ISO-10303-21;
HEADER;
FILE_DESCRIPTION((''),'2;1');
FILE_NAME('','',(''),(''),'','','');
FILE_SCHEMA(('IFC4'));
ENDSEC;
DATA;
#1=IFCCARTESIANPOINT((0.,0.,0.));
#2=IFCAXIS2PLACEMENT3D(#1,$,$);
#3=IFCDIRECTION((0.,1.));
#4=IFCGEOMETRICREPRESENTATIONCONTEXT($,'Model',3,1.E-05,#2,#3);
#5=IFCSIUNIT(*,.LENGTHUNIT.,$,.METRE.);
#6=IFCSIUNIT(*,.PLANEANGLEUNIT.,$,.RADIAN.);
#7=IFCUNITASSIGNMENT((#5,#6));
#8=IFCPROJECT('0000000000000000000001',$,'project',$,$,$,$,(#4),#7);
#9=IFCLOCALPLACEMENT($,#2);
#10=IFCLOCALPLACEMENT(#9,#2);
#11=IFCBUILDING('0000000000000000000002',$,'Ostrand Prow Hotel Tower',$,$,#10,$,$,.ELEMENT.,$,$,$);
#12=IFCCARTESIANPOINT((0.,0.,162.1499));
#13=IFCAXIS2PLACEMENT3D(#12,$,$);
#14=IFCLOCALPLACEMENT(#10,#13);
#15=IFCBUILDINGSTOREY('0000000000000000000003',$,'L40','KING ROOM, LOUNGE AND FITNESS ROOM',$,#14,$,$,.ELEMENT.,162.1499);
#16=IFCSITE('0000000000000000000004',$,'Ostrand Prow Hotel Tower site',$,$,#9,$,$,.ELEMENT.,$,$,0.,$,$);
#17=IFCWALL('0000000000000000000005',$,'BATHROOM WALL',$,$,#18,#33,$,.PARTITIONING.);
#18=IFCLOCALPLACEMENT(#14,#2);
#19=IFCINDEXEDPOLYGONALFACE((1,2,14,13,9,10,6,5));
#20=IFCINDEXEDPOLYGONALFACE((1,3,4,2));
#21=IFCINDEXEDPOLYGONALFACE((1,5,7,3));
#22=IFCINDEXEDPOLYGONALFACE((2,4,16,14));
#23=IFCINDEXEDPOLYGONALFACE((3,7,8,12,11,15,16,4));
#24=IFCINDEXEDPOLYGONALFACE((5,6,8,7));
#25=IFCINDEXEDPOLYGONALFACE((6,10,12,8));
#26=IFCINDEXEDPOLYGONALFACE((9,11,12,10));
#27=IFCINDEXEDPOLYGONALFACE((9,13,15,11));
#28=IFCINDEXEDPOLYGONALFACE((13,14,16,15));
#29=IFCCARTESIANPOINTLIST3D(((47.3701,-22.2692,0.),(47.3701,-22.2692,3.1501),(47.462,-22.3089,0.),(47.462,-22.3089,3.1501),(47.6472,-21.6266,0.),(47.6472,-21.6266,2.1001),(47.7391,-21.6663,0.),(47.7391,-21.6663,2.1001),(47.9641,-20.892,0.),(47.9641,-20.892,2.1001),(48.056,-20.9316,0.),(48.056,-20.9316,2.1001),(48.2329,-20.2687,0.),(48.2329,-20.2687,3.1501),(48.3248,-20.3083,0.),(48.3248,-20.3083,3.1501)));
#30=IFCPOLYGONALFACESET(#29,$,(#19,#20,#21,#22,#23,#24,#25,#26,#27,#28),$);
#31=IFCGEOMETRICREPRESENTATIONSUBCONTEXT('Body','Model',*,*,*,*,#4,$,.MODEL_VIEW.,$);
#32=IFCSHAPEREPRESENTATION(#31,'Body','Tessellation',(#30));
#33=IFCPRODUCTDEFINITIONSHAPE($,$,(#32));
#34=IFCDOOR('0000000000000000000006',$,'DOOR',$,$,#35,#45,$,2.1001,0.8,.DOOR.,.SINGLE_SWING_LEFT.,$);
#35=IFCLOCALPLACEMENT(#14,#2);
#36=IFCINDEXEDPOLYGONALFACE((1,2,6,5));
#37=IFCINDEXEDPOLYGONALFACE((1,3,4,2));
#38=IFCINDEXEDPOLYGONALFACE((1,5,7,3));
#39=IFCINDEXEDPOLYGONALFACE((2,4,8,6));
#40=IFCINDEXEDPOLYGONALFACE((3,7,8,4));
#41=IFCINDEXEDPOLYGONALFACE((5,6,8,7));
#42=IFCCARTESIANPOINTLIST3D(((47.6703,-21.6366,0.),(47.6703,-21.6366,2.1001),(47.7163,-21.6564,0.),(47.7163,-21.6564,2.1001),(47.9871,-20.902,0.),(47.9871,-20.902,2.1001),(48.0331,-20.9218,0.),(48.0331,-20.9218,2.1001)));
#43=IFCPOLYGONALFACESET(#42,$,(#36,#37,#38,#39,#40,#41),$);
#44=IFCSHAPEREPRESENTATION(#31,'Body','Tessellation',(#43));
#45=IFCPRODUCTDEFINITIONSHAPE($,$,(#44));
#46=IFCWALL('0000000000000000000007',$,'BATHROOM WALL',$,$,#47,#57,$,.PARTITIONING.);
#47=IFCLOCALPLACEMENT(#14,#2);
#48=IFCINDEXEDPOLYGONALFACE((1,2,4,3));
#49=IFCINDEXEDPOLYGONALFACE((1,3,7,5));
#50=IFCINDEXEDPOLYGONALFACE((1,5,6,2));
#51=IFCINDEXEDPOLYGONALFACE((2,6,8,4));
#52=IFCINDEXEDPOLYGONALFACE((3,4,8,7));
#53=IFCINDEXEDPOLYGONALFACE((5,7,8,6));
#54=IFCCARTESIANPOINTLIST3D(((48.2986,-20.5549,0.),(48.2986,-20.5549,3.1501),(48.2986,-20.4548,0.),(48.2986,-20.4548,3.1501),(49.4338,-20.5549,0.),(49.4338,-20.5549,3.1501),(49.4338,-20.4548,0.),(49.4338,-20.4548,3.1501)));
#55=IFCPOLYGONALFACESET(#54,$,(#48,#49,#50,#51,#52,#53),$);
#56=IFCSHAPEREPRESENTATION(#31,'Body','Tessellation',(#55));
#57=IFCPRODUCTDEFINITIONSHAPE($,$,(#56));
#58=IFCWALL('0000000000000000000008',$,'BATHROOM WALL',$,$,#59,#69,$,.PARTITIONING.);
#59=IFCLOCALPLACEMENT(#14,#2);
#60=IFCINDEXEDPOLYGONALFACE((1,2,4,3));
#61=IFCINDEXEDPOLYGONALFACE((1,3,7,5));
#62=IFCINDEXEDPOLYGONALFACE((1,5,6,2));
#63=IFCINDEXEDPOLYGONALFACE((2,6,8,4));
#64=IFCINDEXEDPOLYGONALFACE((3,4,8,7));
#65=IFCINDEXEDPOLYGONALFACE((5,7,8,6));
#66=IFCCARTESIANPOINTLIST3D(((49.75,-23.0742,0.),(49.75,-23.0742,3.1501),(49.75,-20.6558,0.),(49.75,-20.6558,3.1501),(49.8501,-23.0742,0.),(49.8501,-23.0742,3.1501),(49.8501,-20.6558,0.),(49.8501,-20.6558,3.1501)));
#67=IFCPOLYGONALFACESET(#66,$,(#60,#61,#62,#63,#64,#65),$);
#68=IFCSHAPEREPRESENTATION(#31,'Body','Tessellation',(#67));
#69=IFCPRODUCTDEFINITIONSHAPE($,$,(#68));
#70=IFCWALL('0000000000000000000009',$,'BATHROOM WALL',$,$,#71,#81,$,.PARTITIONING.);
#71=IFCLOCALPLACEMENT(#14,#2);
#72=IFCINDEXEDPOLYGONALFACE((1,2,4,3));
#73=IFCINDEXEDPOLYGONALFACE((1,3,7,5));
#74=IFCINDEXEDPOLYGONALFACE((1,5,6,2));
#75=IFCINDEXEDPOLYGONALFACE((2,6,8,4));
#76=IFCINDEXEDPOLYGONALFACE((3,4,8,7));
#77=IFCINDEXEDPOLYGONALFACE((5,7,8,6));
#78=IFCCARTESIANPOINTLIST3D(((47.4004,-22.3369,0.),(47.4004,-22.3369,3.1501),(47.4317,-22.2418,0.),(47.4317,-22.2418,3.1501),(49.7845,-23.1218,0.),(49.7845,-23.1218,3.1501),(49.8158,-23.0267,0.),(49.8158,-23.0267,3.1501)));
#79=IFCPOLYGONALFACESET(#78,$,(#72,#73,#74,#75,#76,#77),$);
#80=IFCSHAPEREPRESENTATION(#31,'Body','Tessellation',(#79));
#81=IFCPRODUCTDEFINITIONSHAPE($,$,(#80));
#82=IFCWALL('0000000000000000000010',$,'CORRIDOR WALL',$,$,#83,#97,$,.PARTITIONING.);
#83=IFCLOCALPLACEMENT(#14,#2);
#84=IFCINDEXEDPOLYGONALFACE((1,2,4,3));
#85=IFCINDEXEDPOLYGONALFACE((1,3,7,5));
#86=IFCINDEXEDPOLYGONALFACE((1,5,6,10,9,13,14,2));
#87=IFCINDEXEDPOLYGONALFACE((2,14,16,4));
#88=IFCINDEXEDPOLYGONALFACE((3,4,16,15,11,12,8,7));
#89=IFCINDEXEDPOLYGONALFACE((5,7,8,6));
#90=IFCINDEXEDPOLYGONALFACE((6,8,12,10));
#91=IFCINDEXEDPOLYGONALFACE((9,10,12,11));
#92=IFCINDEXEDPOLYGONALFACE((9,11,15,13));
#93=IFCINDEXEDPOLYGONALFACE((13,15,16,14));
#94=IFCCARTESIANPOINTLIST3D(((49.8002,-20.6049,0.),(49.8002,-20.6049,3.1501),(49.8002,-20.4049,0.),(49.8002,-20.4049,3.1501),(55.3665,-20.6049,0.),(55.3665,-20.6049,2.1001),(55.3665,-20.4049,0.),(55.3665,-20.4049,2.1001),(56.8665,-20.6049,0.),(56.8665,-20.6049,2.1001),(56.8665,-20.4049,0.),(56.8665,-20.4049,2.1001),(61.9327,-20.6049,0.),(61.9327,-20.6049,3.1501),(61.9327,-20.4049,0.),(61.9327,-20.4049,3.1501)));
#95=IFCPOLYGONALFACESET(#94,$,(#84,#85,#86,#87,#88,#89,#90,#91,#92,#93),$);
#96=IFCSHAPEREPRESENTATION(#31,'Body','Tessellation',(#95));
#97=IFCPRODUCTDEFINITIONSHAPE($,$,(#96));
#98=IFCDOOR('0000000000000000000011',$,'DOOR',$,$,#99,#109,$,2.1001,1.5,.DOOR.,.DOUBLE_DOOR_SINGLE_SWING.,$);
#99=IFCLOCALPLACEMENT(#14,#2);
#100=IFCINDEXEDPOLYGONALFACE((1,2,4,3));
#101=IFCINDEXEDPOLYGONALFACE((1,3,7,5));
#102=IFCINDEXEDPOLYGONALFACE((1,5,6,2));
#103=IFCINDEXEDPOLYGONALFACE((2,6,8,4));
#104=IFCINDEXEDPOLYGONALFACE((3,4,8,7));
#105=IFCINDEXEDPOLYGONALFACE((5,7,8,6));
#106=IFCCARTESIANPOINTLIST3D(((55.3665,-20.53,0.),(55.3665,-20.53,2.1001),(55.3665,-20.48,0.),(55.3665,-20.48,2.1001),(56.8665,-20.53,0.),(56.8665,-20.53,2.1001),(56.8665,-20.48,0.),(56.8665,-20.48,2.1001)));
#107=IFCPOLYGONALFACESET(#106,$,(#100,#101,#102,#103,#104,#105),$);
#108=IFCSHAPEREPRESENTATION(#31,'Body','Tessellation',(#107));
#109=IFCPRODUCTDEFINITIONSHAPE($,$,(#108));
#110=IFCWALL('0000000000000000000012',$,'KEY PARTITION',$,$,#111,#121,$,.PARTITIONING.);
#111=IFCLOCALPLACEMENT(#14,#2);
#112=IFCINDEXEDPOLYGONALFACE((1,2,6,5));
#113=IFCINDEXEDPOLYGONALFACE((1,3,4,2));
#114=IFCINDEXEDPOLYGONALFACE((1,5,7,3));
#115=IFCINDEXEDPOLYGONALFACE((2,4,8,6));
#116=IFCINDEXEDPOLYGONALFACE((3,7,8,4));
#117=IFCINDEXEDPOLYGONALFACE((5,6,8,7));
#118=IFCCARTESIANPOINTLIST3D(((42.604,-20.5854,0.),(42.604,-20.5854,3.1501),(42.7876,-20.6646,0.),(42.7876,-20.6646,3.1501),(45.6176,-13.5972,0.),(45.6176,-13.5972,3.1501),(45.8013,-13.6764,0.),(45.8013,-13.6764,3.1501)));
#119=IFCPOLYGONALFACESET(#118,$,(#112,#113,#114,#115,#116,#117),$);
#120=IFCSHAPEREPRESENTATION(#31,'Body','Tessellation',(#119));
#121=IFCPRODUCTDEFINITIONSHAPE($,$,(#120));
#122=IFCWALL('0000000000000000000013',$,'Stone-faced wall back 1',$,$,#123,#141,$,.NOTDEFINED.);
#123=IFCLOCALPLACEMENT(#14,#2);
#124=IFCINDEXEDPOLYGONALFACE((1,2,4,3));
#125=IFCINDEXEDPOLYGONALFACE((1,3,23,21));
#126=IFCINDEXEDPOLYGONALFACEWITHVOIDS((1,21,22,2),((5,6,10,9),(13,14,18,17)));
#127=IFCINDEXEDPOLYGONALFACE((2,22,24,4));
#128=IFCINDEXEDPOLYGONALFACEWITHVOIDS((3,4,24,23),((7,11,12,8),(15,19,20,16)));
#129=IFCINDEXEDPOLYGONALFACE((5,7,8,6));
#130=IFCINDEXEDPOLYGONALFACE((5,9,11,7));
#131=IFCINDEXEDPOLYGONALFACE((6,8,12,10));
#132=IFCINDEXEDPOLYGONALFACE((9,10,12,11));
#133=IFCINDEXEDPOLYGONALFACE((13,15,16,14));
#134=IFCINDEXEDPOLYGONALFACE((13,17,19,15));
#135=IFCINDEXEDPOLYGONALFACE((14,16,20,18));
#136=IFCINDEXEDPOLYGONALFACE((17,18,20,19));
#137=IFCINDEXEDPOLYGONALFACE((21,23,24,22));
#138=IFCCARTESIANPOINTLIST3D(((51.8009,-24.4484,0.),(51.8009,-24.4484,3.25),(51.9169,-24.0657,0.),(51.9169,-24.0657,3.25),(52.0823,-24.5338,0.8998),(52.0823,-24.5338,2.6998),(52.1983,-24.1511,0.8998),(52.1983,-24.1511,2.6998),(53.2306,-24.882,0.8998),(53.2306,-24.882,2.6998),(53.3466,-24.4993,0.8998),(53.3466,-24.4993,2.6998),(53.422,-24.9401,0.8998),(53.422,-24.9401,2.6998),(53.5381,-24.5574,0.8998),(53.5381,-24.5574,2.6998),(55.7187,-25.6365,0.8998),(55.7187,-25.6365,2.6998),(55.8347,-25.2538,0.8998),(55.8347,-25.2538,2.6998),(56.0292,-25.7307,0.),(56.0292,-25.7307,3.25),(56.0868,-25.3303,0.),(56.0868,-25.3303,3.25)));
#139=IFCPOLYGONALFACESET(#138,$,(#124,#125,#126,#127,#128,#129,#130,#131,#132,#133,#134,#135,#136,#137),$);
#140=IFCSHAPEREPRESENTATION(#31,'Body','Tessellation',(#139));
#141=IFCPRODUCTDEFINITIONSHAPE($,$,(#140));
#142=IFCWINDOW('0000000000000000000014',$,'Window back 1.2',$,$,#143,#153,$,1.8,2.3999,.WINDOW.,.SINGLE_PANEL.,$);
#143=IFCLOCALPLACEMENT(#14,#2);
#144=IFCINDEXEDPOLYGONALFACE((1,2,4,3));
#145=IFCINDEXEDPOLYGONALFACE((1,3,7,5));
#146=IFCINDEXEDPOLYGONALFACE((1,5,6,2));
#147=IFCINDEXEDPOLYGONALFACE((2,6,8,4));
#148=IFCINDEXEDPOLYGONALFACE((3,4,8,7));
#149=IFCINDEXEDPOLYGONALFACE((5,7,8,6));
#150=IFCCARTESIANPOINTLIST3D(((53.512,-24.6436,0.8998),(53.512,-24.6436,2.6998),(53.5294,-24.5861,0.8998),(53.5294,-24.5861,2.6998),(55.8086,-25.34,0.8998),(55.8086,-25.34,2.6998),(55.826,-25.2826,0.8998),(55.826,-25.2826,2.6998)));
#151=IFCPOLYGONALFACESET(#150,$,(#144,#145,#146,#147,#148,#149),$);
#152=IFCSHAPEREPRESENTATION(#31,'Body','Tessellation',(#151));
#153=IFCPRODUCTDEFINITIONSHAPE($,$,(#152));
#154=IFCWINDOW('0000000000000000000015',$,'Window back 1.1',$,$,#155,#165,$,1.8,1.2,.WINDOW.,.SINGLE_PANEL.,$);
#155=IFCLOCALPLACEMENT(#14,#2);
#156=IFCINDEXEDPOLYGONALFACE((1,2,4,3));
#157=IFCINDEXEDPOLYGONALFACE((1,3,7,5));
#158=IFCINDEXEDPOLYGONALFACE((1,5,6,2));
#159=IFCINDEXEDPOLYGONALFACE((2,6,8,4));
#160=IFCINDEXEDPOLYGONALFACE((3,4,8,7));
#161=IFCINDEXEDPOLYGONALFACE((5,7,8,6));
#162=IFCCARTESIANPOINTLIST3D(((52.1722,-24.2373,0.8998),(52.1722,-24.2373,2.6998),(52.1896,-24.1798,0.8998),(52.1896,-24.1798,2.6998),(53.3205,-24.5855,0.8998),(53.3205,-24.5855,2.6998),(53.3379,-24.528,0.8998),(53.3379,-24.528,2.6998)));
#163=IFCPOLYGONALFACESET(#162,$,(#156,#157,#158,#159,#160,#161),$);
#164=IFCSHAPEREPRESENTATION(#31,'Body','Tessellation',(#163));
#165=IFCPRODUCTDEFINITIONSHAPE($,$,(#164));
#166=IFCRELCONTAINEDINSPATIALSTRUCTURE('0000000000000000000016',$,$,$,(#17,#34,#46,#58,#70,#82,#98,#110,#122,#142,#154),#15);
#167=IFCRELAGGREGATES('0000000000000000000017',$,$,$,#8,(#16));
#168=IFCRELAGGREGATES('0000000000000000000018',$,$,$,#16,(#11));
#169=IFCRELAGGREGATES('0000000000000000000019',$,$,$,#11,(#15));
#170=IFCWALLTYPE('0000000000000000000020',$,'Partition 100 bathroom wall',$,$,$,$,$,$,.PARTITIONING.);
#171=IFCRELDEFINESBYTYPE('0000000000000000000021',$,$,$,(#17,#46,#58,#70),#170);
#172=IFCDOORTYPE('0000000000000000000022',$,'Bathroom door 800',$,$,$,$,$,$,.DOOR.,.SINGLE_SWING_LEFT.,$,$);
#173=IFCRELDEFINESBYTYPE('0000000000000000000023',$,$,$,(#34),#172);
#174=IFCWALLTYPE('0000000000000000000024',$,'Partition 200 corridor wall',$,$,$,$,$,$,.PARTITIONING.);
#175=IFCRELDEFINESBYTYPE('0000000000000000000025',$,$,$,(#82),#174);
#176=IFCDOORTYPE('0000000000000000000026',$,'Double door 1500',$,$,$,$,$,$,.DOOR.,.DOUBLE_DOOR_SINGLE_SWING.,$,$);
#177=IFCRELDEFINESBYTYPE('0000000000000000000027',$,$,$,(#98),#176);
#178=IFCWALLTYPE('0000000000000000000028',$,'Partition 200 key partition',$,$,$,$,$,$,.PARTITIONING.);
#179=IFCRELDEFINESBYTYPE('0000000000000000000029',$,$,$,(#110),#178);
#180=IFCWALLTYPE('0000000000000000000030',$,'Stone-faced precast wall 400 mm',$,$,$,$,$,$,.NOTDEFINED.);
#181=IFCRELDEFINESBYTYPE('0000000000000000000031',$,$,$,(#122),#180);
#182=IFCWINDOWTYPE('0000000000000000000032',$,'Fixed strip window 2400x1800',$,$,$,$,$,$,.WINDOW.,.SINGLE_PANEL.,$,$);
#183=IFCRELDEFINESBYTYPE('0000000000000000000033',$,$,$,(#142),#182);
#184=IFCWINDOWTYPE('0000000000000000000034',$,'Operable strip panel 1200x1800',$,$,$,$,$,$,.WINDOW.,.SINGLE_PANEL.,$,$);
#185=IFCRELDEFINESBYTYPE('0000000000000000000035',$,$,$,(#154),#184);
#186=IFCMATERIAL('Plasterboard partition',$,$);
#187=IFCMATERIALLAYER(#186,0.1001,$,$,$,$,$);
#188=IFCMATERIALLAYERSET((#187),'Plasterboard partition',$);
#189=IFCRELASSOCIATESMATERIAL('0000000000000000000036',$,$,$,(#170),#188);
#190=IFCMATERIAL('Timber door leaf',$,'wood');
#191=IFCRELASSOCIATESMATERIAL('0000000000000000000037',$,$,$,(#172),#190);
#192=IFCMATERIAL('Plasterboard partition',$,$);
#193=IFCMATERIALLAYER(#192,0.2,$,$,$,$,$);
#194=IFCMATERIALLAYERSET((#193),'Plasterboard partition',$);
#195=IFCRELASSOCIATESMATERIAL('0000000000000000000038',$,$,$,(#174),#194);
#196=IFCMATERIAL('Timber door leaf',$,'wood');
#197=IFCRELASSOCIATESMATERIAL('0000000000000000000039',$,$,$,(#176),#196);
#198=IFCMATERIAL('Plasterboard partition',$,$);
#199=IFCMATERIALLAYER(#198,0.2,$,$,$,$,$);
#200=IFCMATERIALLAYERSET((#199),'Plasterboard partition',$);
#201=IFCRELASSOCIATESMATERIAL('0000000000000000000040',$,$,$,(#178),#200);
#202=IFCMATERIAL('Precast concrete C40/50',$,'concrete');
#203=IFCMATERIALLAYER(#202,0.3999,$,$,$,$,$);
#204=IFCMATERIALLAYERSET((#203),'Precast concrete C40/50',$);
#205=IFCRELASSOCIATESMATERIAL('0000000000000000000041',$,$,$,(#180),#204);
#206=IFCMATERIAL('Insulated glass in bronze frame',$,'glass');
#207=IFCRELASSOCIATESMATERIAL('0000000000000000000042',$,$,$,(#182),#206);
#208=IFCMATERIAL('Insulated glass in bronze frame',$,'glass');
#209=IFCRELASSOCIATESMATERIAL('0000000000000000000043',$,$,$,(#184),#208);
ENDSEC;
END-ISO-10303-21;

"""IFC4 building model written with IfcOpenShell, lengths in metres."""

from ifc_helpers import new_model, si_unit, direction, frame, frame_2d, origin, place, context, subcontext, project, spatial, polyline, rectangle, outline, extrude, material, layer, layer_set, type_object, element, fill, save


model = new_model("IFC4")

# Units and contexts
model_context = context("Model", 3, precision=1e-05, world=origin(), true_north=direction((0.0, 1.0)))
body_context = subcontext(model_context, "Body", "Model", "MODEL_VIEW")
ifc_project = project(units=[si_unit("LENGTHUNIT", "METRE"), si_unit("PLANEANGLEUNIT", "RADIAN")], contexts=[model_context])

# Site, building, storey
site_placement = place(None, origin())
site = spatial("IfcSite", under=ifc_project, at=site_placement, Name="Ostrand Prow Hotel Tower site", CompositionType="ELEMENT", RefElevation=0.0)
building_placement = place(site_placement, origin())
building = spatial("IfcBuilding", under=site, at=building_placement, Name="Ostrand Prow Hotel Tower", CompositionType="ELEMENT")
storey_placement = place(building_placement, frame((0.0, 0.0, 162.1499)))
storey = spatial("IfcBuildingStorey", under=building, at=storey_placement, Name="L40", Description="KING ROOM, LOUNGE AND FITNESS ROOM", CompositionType="ELEMENT", Elevation=162.1499)

# Wall, opening, door
ifc_material_1 = material(Name="Plasterboard partition")
ifc_layer_1 = layer(ifc_material_1, 0.1001)
ifc_layer_set_1 = layer_set([ifc_layer_1], Name="Plasterboard partition")
wall_type_1 = type_object("IfcWallType", Name="Partition 100 bathroom wall", PredefinedType="PARTITIONING", material=ifc_layer_set_1)
wall_1_placement = place(storey_placement, frame((47.416, -22.2891, 0.0), z_axis=(0.0, 0.0, 1.0), x_axis=(0.396028, 0.918238, 0.0)))
wall_1 = element("IfcWall", 1, at=wall_1_placement, inside=storey, type_object=wall_type_1, Name="BATHROOM WALL", PredefinedType="PARTITIONING", context=body_context, shape_type="SweptSolid", body=[
    extrude(rectangle(XDim=2.1787, YDim=0.1001, at=frame_2d((1.0894, 0.0))), origin(), (0.0, 0.0, 1.0), 3.1501),
])
opening_1_placement = place(wall_1_placement, frame((0.7, 0.0, 0.0)))
opening_1 = element("IfcOpeningElement", 2, at=opening_1_placement, cuts=wall_1, PredefinedType="OPENING", context=body_context, shape_type="SweptSolid", body=[
    extrude(rectangle(XDim=0.8, YDim=2.1001, at=frame_2d((0.3999, 1.05))), frame((0.0, 0.0601, 0.0), z_axis=(0.0, -1.0, 0.0), x_axis=(1.0, 0.0, 0.0)), (0.0, 0.0, 1.0), 0.1201),
])
ifc_material_2 = material(Name="Timber door leaf", Category="wood")
door_type_1 = type_object("IfcDoorType", Name="Bathroom door 800", OperationType="SINGLE_SWING_LEFT", PredefinedType="DOOR", material=ifc_material_2)
door_1_placement = place(opening_1_placement, origin())
door_1 = element("IfcDoor", 3, at=door_1_placement, inside=storey, type_object=door_type_1, Name="DOOR", OperationType="SINGLE_SWING_LEFT", OverallHeight=2.1001, OverallWidth=0.8, PredefinedType="DOOR", context=body_context, shape_type="SweptSolid", body=[
    extrude(rectangle(XDim=0.8, YDim=2.1001, at=frame_2d((0.3999, 1.05))), frame((0.0, 0.0249, 0.0), z_axis=(0.0, -1.0, 0.0), x_axis=(1.0, 0.0, 0.0)), (0.0, 0.0, 1.0), 0.05),
])
fill(opening_1, door_1)

# Walls
wall_2_placement = place(storey_placement, frame((48.2986, -20.5049, 0.0), z_axis=(0.0, 0.0, 1.0), x_axis=(1.0, 0.0, 0.0)))
element("IfcWall", 4, at=wall_2_placement, inside=storey, type_object=wall_type_1, Name="BATHROOM WALL", PredefinedType="PARTITIONING", context=body_context, shape_type="SweptSolid", body=[
    extrude(rectangle(XDim=1.1353, YDim=0.1001, at=frame_2d((0.5676, 0.0))), origin(), (0.0, 0.0, 1.0), 3.1501),
])
wall_3_placement = place(storey_placement, frame((49.8, -20.6558, 0.0), z_axis=(0.0, 0.0, 1.0), x_axis=(0.0, -1.0, 0.0)))
element("IfcWall", 5, at=wall_3_placement, inside=storey, type_object=wall_type_1, Name="BATHROOM WALL", PredefinedType="PARTITIONING", context=body_context, shape_type="SweptSolid", body=[
    extrude(rectangle(XDim=2.4185, YDim=0.1001, at=frame_2d((1.2092, 0.0))), origin(), (0.0, 0.0, 1.0), 3.1501),
])
wall_4_placement = place(storey_placement, frame((49.8, -23.0742, 0.0), z_axis=(0.0, 0.0, 1.0), x_axis=(-0.949844, 0.312724, 0.0)))
element("IfcWall", 6, at=wall_4_placement, inside=storey, type_object=wall_type_1, Name="BATHROOM WALL", PredefinedType="PARTITIONING", context=body_context, shape_type="SweptSolid", body=[
    extrude(rectangle(XDim=2.51, YDim=0.1001, at=frame_2d((1.2549, 0.0))), origin(), (0.0, 0.0, 1.0), 3.1501),
])

# Wall, opening, door
ifc_material_3 = material(Name="Plasterboard partition")
ifc_layer_2 = layer(ifc_material_3, 0.2)
ifc_layer_set_2 = layer_set([ifc_layer_2], Name="Plasterboard partition")
wall_type_2 = type_object("IfcWallType", Name="Partition 200 corridor wall", PredefinedType="PARTITIONING", material=ifc_layer_set_2)
wall_5_placement = place(storey_placement, frame((49.8, -20.5049, 0.0), z_axis=(0.0, 0.0, 1.0), x_axis=(1.0, 0.0, 0.0)))
wall_5 = element("IfcWall", 7, at=wall_5_placement, inside=storey, type_object=wall_type_2, Name="CORRIDOR WALL", PredefinedType="PARTITIONING", context=body_context, shape_type="SweptSolid", body=[
    extrude(rectangle(XDim=12.1326, YDim=0.2, at=frame_2d((6.0664, 0.0))), origin(), (0.0, 0.0, 1.0), 3.1501),
])
opening_2_placement = place(wall_5_placement, frame((5.5664, 0.0, 0.0)))
opening_2 = element("IfcOpeningElement", 8, at=opening_2_placement, cuts=wall_5, PredefinedType="OPENING", context=body_context, shape_type="SweptSolid", body=[
    extrude(rectangle(XDim=1.5, YDim=2.1001, at=frame_2d((0.75, 1.05))), frame((0.0, 0.1099, 0.0), z_axis=(0.0, -1.0, 0.0), x_axis=(1.0, 0.0, 0.0)), (0.0, 0.0, 1.0), 0.22),
])
ifc_material_4 = material(Name="Timber door leaf", Category="wood")
door_type_2 = type_object("IfcDoorType", Name="Double door 1500", OperationType="DOUBLE_DOOR_SINGLE_SWING", PredefinedType="DOOR", material=ifc_material_4)
door_2_placement = place(opening_2_placement, origin())
door_2 = element("IfcDoor", 9, at=door_2_placement, inside=storey, type_object=door_type_2, Name="DOOR", OperationType="DOUBLE_DOOR_SINGLE_SWING", OverallHeight=2.1001, OverallWidth=1.5, PredefinedType="DOOR", context=body_context, shape_type="SweptSolid", body=[
    extrude(rectangle(XDim=1.5, YDim=2.1001, at=frame_2d((0.75, 1.05))), frame((0.0, 0.0249, 0.0), z_axis=(0.0, -1.0, 0.0), x_axis=(1.0, 0.0, 0.0)), (0.0, 0.0, 1.0), 0.05),
])
fill(opening_2, door_2)

# Wall
ifc_material_5 = material(Name="Plasterboard partition")
ifc_layer_3 = layer(ifc_material_5, 0.2)
ifc_layer_set_3 = layer_set([ifc_layer_3], Name="Plasterboard partition")
wall_type_3 = type_object("IfcWallType", Name="Partition 200 key partition", PredefinedType="PARTITIONING", material=ifc_layer_set_3)
wall_6_placement = place(storey_placement, frame((42.6958, -20.625, 0.0), z_axis=(0.0, 0.0, 1.0), x_axis=(0.395994, 0.918253, 0.0)))
element("IfcWall", 10, at=wall_6_placement, inside=storey, type_object=wall_type_3, Name="KEY PARTITION", PredefinedType="PARTITIONING", context=body_context, shape_type="SweptSolid", body=[
    extrude(rectangle(XDim=7.6104, YDim=0.2, at=frame_2d((3.8052, 0.0))), origin(), (0.0, 0.0, 1.0), 3.1501),
])

# Wall, openings, windows
ifc_material_6 = material(Name="Precast concrete C40/50", Category="concrete")
ifc_layer_4 = layer(ifc_material_6, 0.3999)
ifc_layer_set_4 = layer_set([ifc_layer_4], Name="Precast concrete C40/50")
wall_type_4 = type_object("IfcWallType", Name="Stone-faced precast wall 400 mm", PredefinedType="NOTDEFINED", material=ifc_layer_set_4)
wall_7_placement = place(storey_placement, frame((51.8589, -24.2571, 0.0), z_axis=(0.0, 0.0, 1.0), x_axis=(0.956964, -0.290205, 0.0)))
wall_7 = element("IfcWall", 11, at=wall_7_placement, inside=storey, type_object=wall_type_4, Name="Stone-faced wall back 1", PredefinedType="NOTDEFINED", context=body_context, shape_type="SweptSolid", body=[
    extrude(outline(polyline([(0.0, -0.2), (4.4185, -0.2), (4.3574, 0.2), (0.0, 0.2), (0.0, -0.2)])), origin(), (0.0, 0.0, 1.0), 3.25),
])
opening_3_placement = place(wall_7_placement, frame((0.2939, 0.0, 0.8999)))
opening_3 = element("IfcOpeningElement", 12, at=opening_3_placement, cuts=wall_7, PredefinedType="OPENING", context=body_context, shape_type="SweptSolid", body=[
    extrude(rectangle(XDim=1.2, YDim=1.8, at=frame_2d((0.6001, 0.8999))), frame((0.0, 0.21, 0.0), z_axis=(0.0, -1.0, 0.0), x_axis=(1.0, 0.0, 0.0)), (0.0, 0.0, 1.0), 0.4199),
])
opening_4_placement = place(wall_7_placement, frame((1.6941, 0.0, 0.8999)))
opening_4 = element("IfcOpeningElement", 13, at=opening_4_placement, cuts=wall_7, PredefinedType="OPENING", context=body_context, shape_type="SweptSolid", body=[
    extrude(rectangle(XDim=2.3999, YDim=1.8, at=frame_2d((1.2, 0.8999))), frame((0.0, 0.21, 0.0), z_axis=(0.0, -1.0, 0.0), x_axis=(1.0, 0.0, 0.0)), (0.0, 0.0, 1.0), 0.4199),
])
ifc_material_7 = material(Name="Insulated glass in bronze frame", Category="glass")
window_type_1 = type_object("IfcWindowType", Name="Fixed strip window 2400x1800", PartitioningType="SINGLE_PANEL", PredefinedType="WINDOW", material=ifc_material_7)
window_1_placement = place(opening_4_placement, origin())
window_1 = element("IfcWindow", 14, at=window_1_placement, inside=storey, type_object=window_type_1, Name="Window back 1.2", OverallHeight=1.8, OverallWidth=2.3999, PartitioningType="SINGLE_PANEL", PredefinedType="WINDOW", context=body_context, shape_type="SweptSolid", body=[
    extrude(rectangle(XDim=2.3999, YDim=1.8, at=frame_2d((1.2, 0.8999))), frame((0.0, 0.1699, 0.0), z_axis=(0.0, -1.0, 0.0), x_axis=(1.0, 0.0, 0.0)), (0.0, 0.0, 1.0), 0.0601),
])
fill(opening_4, window_1)
ifc_material_8 = material(Name="Insulated glass in bronze frame", Category="glass")
window_type_2 = type_object("IfcWindowType", Name="Operable strip panel 1200x1800", PartitioningType="SINGLE_PANEL", PredefinedType="WINDOW", material=ifc_material_8)
window_2_placement = place(opening_3_placement, origin())
window_2 = element("IfcWindow", 15, at=window_2_placement, inside=storey, type_object=window_type_2, Name="Window back 1.1", OverallHeight=1.8, OverallWidth=1.2, PartitioningType="SINGLE_PANEL", PredefinedType="WINDOW", context=body_context, shape_type="SweptSolid", body=[
    extrude(rectangle(XDim=1.2, YDim=1.8, at=frame_2d((0.6001, 0.8999))), frame((0.0, 0.1699, 0.0), z_axis=(0.0, -1.0, 0.0), x_axis=(1.0, 0.0, 0.0)), (0.0, 0.0, 1.0), 0.0601),
])
fill(opening_3, window_2)

save(model, "model.ifc")
